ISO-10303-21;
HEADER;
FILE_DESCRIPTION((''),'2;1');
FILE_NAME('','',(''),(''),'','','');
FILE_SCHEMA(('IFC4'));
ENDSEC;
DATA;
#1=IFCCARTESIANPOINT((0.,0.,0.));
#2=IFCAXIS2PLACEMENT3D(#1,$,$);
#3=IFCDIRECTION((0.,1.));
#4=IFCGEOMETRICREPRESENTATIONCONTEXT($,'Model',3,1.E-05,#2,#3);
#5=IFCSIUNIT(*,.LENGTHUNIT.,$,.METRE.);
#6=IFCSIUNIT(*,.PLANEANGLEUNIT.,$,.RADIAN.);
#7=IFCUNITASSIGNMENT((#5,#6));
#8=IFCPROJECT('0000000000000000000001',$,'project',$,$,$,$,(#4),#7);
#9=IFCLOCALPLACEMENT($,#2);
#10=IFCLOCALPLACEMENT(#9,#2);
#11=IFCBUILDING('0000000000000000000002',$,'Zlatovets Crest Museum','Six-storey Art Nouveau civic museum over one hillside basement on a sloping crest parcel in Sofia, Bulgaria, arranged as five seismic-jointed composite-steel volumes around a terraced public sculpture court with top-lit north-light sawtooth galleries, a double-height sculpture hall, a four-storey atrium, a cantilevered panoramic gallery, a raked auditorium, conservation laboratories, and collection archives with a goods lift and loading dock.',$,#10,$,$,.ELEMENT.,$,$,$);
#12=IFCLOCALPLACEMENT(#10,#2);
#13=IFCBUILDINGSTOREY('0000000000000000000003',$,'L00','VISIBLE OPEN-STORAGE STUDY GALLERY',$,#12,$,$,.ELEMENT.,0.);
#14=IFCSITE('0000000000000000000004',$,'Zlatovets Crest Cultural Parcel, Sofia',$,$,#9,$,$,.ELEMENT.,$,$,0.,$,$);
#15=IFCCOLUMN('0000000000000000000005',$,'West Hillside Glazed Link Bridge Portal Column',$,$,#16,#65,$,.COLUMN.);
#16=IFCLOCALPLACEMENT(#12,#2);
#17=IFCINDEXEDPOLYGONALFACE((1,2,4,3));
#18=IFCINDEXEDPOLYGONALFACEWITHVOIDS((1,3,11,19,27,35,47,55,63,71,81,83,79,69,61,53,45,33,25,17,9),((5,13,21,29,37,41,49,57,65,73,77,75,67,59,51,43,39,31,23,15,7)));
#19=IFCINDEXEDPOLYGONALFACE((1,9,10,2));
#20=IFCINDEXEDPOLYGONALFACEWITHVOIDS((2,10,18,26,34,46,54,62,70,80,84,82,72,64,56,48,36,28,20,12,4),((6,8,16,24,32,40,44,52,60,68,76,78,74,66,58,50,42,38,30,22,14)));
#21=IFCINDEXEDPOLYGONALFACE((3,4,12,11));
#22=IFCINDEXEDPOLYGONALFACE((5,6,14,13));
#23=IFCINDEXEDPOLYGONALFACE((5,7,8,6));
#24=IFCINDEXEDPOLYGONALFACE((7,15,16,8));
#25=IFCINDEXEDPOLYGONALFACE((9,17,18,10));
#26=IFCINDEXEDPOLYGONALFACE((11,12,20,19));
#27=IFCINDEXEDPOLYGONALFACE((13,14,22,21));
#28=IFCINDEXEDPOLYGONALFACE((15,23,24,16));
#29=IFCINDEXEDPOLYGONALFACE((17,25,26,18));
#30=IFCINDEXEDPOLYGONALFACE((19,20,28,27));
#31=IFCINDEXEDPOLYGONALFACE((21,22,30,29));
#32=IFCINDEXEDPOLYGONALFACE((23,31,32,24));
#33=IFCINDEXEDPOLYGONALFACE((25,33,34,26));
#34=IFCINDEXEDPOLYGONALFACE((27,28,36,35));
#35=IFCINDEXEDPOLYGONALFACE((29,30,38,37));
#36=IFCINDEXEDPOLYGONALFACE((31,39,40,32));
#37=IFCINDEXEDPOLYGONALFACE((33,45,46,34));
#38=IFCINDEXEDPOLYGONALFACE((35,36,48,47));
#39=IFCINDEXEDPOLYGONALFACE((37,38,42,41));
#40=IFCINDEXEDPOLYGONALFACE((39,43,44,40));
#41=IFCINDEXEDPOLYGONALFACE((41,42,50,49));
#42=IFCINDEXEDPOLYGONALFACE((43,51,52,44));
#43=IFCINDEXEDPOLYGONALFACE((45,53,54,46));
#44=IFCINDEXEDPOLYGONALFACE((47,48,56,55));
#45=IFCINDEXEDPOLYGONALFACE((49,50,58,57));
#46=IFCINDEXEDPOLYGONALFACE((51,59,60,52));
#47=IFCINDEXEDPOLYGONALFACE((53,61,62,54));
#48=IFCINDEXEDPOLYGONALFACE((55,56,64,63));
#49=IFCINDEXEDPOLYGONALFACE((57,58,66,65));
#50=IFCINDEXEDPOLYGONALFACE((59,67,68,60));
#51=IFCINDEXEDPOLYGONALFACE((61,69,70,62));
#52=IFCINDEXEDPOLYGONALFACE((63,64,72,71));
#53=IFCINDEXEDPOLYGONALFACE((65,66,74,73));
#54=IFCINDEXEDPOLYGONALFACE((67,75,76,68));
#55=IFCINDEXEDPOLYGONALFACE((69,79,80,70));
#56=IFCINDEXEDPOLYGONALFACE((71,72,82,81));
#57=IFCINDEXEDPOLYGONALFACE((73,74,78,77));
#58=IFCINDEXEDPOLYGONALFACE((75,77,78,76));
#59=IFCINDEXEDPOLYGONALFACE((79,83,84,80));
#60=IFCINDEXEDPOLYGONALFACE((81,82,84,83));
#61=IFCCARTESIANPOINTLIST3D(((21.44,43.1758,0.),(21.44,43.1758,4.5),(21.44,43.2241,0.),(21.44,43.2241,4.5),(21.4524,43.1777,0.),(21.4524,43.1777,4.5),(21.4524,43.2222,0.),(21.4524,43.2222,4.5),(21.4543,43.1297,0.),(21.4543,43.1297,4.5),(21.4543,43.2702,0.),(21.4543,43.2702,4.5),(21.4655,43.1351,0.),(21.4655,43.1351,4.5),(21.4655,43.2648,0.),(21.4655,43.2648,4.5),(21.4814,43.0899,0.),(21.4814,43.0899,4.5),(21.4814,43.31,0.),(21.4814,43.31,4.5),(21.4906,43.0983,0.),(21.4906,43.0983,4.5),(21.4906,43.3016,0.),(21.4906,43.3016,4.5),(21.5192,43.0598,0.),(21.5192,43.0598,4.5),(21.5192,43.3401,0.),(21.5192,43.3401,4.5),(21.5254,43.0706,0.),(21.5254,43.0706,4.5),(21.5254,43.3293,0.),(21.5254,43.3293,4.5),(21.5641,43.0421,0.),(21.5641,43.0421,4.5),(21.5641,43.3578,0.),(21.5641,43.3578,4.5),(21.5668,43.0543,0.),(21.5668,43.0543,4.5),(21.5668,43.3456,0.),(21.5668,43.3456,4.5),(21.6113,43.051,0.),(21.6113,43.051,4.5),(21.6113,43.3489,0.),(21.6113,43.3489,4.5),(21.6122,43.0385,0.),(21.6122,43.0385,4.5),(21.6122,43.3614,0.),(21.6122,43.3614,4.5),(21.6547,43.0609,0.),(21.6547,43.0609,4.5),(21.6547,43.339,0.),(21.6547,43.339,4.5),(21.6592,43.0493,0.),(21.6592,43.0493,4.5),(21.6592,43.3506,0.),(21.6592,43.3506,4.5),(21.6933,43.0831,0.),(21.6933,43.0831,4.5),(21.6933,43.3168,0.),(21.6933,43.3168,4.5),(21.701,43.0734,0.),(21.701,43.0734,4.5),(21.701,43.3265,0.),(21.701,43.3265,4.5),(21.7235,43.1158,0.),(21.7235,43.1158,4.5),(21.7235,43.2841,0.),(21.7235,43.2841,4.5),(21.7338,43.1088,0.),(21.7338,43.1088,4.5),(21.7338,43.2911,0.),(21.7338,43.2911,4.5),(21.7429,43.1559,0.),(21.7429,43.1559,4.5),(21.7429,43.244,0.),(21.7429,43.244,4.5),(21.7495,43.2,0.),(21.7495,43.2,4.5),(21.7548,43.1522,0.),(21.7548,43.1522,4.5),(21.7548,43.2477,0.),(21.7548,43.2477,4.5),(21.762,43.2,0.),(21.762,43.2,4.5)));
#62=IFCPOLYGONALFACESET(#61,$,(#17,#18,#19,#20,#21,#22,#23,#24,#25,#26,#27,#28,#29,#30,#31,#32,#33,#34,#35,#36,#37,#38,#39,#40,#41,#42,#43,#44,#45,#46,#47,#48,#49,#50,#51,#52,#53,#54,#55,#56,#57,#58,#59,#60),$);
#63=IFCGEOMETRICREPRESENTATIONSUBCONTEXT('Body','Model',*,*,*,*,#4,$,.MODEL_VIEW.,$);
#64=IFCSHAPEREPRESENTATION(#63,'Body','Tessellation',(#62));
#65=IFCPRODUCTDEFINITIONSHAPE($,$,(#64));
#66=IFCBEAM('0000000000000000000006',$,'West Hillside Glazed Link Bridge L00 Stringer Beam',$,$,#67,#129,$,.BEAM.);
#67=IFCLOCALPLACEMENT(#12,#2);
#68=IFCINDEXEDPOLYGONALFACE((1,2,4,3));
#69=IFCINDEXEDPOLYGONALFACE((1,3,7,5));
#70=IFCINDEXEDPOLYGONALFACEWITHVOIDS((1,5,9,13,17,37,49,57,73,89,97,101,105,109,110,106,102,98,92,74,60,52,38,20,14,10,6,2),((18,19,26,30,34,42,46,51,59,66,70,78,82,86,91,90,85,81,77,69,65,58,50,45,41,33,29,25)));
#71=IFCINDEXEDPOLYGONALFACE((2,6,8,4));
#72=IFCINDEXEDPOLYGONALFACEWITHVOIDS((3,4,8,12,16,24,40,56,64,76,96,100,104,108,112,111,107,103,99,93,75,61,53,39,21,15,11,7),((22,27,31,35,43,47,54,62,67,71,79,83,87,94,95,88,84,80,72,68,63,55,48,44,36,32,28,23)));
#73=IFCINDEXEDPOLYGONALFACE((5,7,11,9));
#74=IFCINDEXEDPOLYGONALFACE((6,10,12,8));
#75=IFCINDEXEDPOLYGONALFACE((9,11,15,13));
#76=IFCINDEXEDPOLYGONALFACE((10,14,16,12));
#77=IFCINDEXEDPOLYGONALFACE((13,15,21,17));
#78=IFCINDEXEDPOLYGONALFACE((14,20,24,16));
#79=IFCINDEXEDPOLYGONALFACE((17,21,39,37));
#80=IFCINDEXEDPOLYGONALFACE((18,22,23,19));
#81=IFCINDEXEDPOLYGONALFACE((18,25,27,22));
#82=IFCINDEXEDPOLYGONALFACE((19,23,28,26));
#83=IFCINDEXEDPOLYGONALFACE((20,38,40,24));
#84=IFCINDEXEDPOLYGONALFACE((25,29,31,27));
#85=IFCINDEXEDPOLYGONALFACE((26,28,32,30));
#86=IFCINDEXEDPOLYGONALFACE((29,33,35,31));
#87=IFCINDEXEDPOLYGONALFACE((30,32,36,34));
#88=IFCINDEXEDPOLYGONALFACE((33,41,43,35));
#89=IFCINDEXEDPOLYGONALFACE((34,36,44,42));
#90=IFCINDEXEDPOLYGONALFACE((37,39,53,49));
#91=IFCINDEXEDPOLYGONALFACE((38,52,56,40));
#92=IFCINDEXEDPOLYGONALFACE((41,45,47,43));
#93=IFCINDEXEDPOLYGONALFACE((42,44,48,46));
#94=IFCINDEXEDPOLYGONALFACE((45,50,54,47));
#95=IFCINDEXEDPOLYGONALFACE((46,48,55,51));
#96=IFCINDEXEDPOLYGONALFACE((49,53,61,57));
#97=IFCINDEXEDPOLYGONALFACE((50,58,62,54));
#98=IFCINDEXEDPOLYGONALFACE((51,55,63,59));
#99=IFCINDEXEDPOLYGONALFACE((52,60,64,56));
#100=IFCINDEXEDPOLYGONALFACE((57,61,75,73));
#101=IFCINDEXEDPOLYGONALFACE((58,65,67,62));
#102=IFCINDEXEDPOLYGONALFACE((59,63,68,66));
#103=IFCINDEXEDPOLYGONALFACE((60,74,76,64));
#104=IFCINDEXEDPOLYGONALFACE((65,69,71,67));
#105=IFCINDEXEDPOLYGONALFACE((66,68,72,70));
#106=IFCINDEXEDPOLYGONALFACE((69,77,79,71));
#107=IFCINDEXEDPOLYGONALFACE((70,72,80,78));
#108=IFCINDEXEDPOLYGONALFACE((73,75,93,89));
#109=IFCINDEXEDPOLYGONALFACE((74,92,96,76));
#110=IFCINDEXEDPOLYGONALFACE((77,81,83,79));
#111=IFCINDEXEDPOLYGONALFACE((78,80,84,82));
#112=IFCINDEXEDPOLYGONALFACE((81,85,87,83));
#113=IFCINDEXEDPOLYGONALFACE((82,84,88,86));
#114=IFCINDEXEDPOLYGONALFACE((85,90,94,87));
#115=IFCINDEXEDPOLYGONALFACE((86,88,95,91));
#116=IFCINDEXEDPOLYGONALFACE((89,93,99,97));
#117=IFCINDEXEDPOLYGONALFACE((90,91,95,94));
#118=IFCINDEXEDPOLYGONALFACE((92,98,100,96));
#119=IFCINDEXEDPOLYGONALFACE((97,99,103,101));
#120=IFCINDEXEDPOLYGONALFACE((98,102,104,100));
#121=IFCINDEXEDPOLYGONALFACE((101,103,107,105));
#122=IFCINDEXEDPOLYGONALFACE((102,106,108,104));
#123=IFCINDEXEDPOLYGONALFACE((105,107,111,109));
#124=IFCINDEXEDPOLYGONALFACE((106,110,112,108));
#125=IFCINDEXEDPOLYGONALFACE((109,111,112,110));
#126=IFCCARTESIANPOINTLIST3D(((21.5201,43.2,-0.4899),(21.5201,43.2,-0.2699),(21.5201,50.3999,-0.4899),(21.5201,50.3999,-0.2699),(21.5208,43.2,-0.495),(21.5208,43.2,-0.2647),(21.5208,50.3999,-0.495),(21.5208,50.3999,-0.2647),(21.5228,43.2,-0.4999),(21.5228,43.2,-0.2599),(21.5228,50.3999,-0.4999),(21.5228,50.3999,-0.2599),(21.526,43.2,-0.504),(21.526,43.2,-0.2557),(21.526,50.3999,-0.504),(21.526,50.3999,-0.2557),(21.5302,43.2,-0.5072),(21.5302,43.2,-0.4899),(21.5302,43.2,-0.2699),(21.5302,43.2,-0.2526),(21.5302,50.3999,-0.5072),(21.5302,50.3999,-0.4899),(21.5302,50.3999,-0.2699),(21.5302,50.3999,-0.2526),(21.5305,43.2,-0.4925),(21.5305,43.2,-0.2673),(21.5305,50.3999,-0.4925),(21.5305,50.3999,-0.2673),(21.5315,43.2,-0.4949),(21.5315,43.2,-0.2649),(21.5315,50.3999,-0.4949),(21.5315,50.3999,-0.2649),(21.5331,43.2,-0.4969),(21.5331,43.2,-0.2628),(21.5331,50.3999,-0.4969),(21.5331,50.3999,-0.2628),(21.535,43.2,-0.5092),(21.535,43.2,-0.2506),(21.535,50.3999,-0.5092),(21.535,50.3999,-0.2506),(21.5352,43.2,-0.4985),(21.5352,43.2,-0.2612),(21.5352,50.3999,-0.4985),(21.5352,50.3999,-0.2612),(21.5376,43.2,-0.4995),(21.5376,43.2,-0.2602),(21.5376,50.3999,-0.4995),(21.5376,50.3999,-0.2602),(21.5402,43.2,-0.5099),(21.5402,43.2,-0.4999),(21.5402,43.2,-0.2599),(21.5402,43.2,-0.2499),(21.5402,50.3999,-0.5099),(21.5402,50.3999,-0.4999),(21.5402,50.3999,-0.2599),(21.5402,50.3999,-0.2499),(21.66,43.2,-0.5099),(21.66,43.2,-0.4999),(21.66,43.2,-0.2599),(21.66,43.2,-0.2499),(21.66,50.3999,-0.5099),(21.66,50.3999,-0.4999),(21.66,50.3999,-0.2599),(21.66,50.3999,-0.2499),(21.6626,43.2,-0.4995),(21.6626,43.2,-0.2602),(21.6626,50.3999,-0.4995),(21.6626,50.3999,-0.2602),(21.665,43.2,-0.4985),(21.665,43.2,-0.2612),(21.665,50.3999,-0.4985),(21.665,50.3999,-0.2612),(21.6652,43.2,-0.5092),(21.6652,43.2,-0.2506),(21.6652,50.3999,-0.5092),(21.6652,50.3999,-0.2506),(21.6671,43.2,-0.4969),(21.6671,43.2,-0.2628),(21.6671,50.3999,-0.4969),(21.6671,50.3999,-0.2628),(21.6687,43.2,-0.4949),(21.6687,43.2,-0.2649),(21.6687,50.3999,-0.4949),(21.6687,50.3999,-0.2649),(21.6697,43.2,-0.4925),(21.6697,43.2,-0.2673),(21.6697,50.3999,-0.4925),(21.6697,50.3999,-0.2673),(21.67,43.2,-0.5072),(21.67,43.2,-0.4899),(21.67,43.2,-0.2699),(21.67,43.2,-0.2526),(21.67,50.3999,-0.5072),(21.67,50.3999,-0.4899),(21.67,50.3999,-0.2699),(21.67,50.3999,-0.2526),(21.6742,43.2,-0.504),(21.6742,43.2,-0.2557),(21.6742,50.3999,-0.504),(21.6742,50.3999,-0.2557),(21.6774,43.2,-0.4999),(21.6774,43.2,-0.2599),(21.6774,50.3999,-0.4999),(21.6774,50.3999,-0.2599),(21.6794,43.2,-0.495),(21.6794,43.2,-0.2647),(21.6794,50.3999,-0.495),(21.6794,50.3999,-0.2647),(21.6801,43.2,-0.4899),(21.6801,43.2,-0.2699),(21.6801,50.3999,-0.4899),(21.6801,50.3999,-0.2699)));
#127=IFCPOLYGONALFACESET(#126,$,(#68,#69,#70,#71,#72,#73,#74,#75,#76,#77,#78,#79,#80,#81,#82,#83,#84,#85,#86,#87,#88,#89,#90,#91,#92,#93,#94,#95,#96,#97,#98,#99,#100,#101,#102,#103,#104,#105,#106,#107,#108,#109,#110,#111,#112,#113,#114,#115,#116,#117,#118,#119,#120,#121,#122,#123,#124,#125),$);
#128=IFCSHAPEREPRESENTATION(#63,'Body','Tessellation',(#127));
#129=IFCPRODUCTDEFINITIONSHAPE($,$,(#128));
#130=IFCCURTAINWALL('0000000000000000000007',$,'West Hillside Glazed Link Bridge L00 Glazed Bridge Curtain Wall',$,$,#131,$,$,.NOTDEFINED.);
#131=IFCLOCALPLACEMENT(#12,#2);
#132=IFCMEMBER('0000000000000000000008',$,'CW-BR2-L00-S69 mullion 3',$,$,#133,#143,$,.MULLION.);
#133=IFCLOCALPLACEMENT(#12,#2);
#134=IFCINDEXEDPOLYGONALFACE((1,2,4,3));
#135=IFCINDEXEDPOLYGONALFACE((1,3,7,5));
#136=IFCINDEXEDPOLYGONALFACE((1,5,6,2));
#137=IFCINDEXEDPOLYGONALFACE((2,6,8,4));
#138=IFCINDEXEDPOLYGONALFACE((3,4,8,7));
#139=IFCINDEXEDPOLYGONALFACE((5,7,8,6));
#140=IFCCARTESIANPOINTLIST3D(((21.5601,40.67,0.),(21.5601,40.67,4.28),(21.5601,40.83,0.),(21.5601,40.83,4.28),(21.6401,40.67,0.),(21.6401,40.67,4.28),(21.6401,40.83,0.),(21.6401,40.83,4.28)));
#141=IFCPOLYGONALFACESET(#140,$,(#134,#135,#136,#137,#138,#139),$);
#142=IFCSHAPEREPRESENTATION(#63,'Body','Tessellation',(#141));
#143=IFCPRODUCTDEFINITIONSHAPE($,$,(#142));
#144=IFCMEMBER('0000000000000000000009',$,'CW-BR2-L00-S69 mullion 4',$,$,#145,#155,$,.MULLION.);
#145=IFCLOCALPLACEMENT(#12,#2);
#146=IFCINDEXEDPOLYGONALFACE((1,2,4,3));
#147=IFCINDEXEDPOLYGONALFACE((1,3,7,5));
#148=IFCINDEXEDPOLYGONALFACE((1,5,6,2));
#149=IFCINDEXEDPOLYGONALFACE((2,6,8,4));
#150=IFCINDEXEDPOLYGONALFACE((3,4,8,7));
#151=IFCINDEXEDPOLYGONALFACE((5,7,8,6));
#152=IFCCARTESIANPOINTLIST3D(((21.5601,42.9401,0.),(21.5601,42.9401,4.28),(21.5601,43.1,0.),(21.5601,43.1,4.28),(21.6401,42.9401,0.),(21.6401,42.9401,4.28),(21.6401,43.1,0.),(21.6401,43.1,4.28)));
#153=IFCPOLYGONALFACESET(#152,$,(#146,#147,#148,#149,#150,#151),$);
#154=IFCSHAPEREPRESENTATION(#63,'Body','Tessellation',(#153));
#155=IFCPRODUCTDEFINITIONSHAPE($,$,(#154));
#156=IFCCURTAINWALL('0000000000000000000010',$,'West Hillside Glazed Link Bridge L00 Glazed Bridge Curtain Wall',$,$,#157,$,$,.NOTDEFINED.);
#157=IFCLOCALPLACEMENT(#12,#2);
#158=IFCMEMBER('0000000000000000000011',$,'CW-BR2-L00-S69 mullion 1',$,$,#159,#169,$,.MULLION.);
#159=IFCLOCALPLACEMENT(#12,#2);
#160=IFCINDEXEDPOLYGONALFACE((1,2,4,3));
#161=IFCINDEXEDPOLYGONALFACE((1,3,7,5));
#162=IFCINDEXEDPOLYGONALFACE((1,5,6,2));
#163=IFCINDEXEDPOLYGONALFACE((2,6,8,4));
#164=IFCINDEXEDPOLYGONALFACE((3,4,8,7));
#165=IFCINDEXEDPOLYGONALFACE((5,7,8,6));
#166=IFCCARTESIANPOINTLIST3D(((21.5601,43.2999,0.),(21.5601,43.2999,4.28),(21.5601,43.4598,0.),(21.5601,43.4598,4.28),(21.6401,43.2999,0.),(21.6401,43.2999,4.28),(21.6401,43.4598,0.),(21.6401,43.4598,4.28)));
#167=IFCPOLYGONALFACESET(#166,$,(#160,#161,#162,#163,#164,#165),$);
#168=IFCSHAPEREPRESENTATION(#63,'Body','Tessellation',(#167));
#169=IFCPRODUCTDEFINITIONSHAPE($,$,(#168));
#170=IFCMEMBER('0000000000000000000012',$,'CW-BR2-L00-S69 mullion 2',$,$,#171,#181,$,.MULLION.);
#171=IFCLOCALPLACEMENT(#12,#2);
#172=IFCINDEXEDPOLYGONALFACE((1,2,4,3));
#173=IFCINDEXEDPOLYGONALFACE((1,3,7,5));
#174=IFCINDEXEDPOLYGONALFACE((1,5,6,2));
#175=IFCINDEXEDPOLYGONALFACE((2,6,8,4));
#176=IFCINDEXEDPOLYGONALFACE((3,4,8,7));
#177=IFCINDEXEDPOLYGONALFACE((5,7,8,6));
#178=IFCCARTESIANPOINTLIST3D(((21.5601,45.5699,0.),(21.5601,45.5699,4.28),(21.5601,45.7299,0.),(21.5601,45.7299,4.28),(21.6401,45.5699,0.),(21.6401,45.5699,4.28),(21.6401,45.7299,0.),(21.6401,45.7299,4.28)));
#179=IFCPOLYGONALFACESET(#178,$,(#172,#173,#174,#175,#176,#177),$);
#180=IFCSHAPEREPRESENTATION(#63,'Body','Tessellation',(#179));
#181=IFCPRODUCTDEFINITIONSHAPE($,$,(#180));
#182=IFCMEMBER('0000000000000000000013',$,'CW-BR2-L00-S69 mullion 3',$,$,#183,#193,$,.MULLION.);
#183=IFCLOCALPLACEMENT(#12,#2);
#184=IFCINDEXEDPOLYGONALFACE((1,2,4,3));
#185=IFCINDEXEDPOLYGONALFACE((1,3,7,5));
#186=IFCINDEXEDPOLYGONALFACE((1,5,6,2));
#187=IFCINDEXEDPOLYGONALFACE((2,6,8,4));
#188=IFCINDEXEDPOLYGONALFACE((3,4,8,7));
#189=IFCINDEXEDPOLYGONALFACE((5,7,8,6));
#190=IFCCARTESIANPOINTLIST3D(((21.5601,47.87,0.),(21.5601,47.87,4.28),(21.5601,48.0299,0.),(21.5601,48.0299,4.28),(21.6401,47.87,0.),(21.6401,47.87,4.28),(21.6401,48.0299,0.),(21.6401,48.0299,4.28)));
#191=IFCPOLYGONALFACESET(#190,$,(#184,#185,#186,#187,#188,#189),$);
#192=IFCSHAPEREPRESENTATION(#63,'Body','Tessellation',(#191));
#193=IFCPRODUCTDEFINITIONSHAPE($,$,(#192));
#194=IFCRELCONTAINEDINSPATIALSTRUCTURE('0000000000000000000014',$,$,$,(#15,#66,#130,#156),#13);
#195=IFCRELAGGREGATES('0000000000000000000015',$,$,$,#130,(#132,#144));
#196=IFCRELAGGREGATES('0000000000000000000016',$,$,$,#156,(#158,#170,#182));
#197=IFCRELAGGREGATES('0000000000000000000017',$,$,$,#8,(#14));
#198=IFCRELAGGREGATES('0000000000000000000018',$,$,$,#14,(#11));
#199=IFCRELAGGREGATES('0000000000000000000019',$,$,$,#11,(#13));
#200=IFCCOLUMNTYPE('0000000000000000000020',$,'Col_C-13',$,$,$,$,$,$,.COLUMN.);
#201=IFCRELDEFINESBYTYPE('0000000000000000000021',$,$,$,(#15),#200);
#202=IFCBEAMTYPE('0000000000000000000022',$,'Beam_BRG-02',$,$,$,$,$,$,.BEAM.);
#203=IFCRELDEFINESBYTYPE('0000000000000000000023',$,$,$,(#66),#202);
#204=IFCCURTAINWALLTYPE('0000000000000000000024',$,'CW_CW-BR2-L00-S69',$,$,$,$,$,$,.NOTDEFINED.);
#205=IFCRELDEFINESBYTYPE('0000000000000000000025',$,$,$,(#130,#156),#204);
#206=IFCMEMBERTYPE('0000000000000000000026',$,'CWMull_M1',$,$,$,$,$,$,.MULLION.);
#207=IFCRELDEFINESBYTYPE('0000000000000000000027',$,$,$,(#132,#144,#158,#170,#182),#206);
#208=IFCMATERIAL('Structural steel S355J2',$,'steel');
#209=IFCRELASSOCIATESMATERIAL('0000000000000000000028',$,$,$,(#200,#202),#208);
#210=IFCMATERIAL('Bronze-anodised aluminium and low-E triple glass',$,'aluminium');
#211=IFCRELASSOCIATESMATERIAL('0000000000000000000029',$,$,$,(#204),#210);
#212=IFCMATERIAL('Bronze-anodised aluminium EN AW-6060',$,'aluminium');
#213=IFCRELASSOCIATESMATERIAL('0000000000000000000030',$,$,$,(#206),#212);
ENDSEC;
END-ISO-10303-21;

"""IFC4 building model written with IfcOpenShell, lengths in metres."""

from ifc_helpers import new_model, si_unit, direction, frame, origin, origin_2d, place, context, subcontext, project, spatial, rectangle, hollow_rectangle, hollow_circle, extrude, material, material_profile, profile_set, type_object, element, aggregate, save


model = new_model("IFC4")

# Units and contexts
model_context = context("Model", 3, precision=1e-05, world=origin(), true_north=direction((0.0, 1.0)))
body_context = subcontext(model_context, "Body", "Model", "MODEL_VIEW")
ifc_project = project(units=[si_unit("LENGTHUNIT", "METRE"), si_unit("PLANEANGLEUNIT", "RADIAN")], contexts=[model_context])

# Site, building, storey
site_placement = place(None, origin())
site = spatial("IfcSite", under=ifc_project, at=site_placement, Name="Zlatovets Crest Cultural Parcel, Sofia", CompositionType="ELEMENT", RefElevation=0.0)
building_placement = place(site_placement, origin())
building = spatial("IfcBuilding", under=site, at=building_placement, Name="Zlatovets Crest Museum", Description="Six-storey Art Nouveau civic museum over one hillside basement on a sloping crest parcel in Sofia, Bulgaria, arranged as five seismic-jointed composite-steel volumes around a terraced public sculpture court with top-lit north-light sawtooth galleries, a double-height sculpture hall, a four-storey atrium, a cantilevered panoramic gallery, a raked auditorium, conservation laboratories, and collection archives with a goods lift and loading dock.", CompositionType="ELEMENT")
storey_placement = place(building_placement, origin())
storey = spatial("IfcBuildingStorey", under=building, at=storey_placement, Name="L00", Description="VISIBLE OPEN-STORAGE STUDY GALLERY", CompositionType="ELEMENT", Elevation=0.0)

# Column
ifc_material_1 = material(Name="Structural steel S355J2", Category="steel")
ifc_material_profile_1 = material_profile(ifc_material_1, hollow_circle(Radius=0.1619, WallThickness=0.0125, at=origin_2d()), Name="CHS 323.9x12.5")
ifc_profile_set_1 = profile_set([ifc_material_profile_1], Name="Structural steel S355J2")
column_type = type_object("IfcColumnType", Name="Col_C-13", PredefinedType="COLUMN", material=ifc_profile_set_1)
column_placement = place(storey_placement, frame((21.6001, 43.2, 0.0), z_axis=(0.0, 0.0, 1.0), x_axis=(1.0, 0.0, 0.0)))
element("IfcColumn", 1, at=column_placement, inside=storey, type_object=column_type, Name="West Hillside Glazed Link Bridge Portal Column", PredefinedType="COLUMN", context=body_context, shape_type="SweptSolid", body=[
    extrude(hollow_circle(Radius=0.1619, WallThickness=0.0125, at=origin_2d()), origin(), (0.0, 0.0, 1.0), 4.5),
])

# Beam
ifc_material_profile_2 = material_profile(ifc_material_1, hollow_rectangle(XDim=0.1599, YDim=0.26, WallThickness=0.01, InnerFilletRadius=0.01, OuterFilletRadius=0.02, at=origin_2d()), Name="RHS 160x260x10.0")
ifc_profile_set_2 = profile_set([ifc_material_profile_2], Name="Structural steel S355J2")
beam_type = type_object("IfcBeamType", Name="Beam_BRG-02", PredefinedType="BEAM", material=ifc_profile_set_2)
beam_placement = place(storey_placement, frame((21.6001, 43.2, -0.3799), z_axis=(0.0, 1.0, 0.0), x_axis=(-1.0, 0.0, 0.0)))
element("IfcBeam", 2, at=beam_placement, inside=storey, type_object=beam_type, Name="West Hillside Glazed Link Bridge L00 Stringer Beam", PredefinedType="BEAM", context=body_context, shape_type="SweptSolid", body=[
    extrude(hollow_rectangle(XDim=0.1599, YDim=0.26, WallThickness=0.01, InnerFilletRadius=0.01, OuterFilletRadius=0.02, at=origin_2d()), origin(), (0.0, 0.0, 1.0), 7.2),
])

# Curtain walls, members
ifc_material_2 = material(Name="Bronze-anodised aluminium and low-E triple glass", Category="aluminium")
curtain_wall_type = type_object("IfcCurtainWallType", Name="CW_CW-BR2-L00-S69", PredefinedType="NOTDEFINED", material=ifc_material_2)
curtain_wall_1_placement = place(storey_placement, origin())
curtain_wall_1 = element("IfcCurtainWall", 3, at=curtain_wall_1_placement, inside=storey, type_object=curtain_wall_type, Name="West Hillside Glazed Link Bridge L00 Glazed Bridge Curtain Wall", PredefinedType="NOTDEFINED")
ifc_material_3 = material(Name="Bronze-anodised aluminium EN AW-6060", Category="aluminium")
ifc_material_profile_3 = material_profile(ifc_material_3, rectangle(XDim=0.0801, YDim=0.1599, at=origin_2d()), Name="ALU 80x160")
ifc_profile_set_3 = profile_set([ifc_material_profile_3], Name="Bronze-anodised aluminium EN AW-6060")
member_type_1 = type_object("IfcMemberType", Name="CWMull_M1", PredefinedType="MULLION", material=ifc_profile_set_3)
member_1_placement = place(storey_placement, frame((21.6001, 40.75, 0.0), z_axis=(0.0, 0.0, 1.0), x_axis=(-1.0, 0.0, 0.0)))
member_1 = element("IfcMember", 4, at=member_1_placement, type_object=member_type_1, Name="CW-BR2-L00-S69 mullion 3", PredefinedType="MULLION", context=body_context, shape_type="SweptSolid", body=[
    extrude(rectangle(XDim=0.0801, YDim=0.1599, at=origin_2d()), origin(), (0.0, 0.0, 1.0), 4.28),
])
member_2_placement = place(storey_placement, frame((21.6001, 43.02, 0.0), z_axis=(0.0, 0.0, 1.0), x_axis=(-1.0, 0.0, 0.0)))
member_2 = element("IfcMember", 5, at=member_2_placement, type_object=member_type_1, Name="CW-BR2-L00-S69 mullion 4", PredefinedType="MULLION", context=body_context, shape_type="SweptSolid", body=[
    extrude(rectangle(XDim=0.0801, YDim=0.1599, at=origin_2d()), origin(), (0.0, 0.0, 1.0), 4.28),
])
curtain_wall_2_placement = place(storey_placement, origin())
curtain_wall_2 = element("IfcCurtainWall", 6, at=curtain_wall_2_placement, inside=storey, type_object=curtain_wall_type, Name="West Hillside Glazed Link Bridge L00 Glazed Bridge Curtain Wall", PredefinedType="NOTDEFINED")
member_3_placement = place(storey_placement, frame((21.6001, 43.3799, 0.0), z_axis=(0.0, 0.0, 1.0), x_axis=(-1.0, 0.0, 0.0)))
member_3 = element("IfcMember", 7, at=member_3_placement, type_object=member_type_1, Name="CW-BR2-L00-S69 mullion 1", PredefinedType="MULLION", context=body_context, shape_type="SweptSolid", body=[
    extrude(rectangle(XDim=0.0801, YDim=0.1599, at=origin_2d()), origin(), (0.0, 0.0, 1.0), 4.28),
])
member_4_placement = place(storey_placement, frame((21.6001, 45.6499, 0.0), z_axis=(0.0, 0.0, 1.0), x_axis=(-1.0, 0.0, 0.0)))
member_4 = element("IfcMember", 8, at=member_4_placement, type_object=member_type_1, Name="CW-BR2-L00-S69 mullion 2", PredefinedType="MULLION", context=body_context, shape_type="SweptSolid", body=[
    extrude(rectangle(XDim=0.0801, YDim=0.1599, at=origin_2d()), origin(), (0.0, 0.0, 1.0), 4.28),
])
member_5_placement = place(storey_placement, frame((21.6001, 47.95, 0.0), z_axis=(0.0, 0.0, 1.0), x_axis=(-1.0, 0.0, 0.0)))
member_5 = element("IfcMember", 9, at=member_5_placement, type_object=member_type_1, Name="CW-BR2-L00-S69 mullion 3", PredefinedType="MULLION", context=body_context, shape_type="SweptSolid", body=[
    extrude(rectangle(XDim=0.0801, YDim=0.1599, at=origin_2d()), origin(), (0.0, 0.0, 1.0), 4.28),
])

aggregate(curtain_wall_1, [member_1, member_2])
aggregate(curtain_wall_2, [member_3, member_4, member_5])

save(model, "model.ifc")
